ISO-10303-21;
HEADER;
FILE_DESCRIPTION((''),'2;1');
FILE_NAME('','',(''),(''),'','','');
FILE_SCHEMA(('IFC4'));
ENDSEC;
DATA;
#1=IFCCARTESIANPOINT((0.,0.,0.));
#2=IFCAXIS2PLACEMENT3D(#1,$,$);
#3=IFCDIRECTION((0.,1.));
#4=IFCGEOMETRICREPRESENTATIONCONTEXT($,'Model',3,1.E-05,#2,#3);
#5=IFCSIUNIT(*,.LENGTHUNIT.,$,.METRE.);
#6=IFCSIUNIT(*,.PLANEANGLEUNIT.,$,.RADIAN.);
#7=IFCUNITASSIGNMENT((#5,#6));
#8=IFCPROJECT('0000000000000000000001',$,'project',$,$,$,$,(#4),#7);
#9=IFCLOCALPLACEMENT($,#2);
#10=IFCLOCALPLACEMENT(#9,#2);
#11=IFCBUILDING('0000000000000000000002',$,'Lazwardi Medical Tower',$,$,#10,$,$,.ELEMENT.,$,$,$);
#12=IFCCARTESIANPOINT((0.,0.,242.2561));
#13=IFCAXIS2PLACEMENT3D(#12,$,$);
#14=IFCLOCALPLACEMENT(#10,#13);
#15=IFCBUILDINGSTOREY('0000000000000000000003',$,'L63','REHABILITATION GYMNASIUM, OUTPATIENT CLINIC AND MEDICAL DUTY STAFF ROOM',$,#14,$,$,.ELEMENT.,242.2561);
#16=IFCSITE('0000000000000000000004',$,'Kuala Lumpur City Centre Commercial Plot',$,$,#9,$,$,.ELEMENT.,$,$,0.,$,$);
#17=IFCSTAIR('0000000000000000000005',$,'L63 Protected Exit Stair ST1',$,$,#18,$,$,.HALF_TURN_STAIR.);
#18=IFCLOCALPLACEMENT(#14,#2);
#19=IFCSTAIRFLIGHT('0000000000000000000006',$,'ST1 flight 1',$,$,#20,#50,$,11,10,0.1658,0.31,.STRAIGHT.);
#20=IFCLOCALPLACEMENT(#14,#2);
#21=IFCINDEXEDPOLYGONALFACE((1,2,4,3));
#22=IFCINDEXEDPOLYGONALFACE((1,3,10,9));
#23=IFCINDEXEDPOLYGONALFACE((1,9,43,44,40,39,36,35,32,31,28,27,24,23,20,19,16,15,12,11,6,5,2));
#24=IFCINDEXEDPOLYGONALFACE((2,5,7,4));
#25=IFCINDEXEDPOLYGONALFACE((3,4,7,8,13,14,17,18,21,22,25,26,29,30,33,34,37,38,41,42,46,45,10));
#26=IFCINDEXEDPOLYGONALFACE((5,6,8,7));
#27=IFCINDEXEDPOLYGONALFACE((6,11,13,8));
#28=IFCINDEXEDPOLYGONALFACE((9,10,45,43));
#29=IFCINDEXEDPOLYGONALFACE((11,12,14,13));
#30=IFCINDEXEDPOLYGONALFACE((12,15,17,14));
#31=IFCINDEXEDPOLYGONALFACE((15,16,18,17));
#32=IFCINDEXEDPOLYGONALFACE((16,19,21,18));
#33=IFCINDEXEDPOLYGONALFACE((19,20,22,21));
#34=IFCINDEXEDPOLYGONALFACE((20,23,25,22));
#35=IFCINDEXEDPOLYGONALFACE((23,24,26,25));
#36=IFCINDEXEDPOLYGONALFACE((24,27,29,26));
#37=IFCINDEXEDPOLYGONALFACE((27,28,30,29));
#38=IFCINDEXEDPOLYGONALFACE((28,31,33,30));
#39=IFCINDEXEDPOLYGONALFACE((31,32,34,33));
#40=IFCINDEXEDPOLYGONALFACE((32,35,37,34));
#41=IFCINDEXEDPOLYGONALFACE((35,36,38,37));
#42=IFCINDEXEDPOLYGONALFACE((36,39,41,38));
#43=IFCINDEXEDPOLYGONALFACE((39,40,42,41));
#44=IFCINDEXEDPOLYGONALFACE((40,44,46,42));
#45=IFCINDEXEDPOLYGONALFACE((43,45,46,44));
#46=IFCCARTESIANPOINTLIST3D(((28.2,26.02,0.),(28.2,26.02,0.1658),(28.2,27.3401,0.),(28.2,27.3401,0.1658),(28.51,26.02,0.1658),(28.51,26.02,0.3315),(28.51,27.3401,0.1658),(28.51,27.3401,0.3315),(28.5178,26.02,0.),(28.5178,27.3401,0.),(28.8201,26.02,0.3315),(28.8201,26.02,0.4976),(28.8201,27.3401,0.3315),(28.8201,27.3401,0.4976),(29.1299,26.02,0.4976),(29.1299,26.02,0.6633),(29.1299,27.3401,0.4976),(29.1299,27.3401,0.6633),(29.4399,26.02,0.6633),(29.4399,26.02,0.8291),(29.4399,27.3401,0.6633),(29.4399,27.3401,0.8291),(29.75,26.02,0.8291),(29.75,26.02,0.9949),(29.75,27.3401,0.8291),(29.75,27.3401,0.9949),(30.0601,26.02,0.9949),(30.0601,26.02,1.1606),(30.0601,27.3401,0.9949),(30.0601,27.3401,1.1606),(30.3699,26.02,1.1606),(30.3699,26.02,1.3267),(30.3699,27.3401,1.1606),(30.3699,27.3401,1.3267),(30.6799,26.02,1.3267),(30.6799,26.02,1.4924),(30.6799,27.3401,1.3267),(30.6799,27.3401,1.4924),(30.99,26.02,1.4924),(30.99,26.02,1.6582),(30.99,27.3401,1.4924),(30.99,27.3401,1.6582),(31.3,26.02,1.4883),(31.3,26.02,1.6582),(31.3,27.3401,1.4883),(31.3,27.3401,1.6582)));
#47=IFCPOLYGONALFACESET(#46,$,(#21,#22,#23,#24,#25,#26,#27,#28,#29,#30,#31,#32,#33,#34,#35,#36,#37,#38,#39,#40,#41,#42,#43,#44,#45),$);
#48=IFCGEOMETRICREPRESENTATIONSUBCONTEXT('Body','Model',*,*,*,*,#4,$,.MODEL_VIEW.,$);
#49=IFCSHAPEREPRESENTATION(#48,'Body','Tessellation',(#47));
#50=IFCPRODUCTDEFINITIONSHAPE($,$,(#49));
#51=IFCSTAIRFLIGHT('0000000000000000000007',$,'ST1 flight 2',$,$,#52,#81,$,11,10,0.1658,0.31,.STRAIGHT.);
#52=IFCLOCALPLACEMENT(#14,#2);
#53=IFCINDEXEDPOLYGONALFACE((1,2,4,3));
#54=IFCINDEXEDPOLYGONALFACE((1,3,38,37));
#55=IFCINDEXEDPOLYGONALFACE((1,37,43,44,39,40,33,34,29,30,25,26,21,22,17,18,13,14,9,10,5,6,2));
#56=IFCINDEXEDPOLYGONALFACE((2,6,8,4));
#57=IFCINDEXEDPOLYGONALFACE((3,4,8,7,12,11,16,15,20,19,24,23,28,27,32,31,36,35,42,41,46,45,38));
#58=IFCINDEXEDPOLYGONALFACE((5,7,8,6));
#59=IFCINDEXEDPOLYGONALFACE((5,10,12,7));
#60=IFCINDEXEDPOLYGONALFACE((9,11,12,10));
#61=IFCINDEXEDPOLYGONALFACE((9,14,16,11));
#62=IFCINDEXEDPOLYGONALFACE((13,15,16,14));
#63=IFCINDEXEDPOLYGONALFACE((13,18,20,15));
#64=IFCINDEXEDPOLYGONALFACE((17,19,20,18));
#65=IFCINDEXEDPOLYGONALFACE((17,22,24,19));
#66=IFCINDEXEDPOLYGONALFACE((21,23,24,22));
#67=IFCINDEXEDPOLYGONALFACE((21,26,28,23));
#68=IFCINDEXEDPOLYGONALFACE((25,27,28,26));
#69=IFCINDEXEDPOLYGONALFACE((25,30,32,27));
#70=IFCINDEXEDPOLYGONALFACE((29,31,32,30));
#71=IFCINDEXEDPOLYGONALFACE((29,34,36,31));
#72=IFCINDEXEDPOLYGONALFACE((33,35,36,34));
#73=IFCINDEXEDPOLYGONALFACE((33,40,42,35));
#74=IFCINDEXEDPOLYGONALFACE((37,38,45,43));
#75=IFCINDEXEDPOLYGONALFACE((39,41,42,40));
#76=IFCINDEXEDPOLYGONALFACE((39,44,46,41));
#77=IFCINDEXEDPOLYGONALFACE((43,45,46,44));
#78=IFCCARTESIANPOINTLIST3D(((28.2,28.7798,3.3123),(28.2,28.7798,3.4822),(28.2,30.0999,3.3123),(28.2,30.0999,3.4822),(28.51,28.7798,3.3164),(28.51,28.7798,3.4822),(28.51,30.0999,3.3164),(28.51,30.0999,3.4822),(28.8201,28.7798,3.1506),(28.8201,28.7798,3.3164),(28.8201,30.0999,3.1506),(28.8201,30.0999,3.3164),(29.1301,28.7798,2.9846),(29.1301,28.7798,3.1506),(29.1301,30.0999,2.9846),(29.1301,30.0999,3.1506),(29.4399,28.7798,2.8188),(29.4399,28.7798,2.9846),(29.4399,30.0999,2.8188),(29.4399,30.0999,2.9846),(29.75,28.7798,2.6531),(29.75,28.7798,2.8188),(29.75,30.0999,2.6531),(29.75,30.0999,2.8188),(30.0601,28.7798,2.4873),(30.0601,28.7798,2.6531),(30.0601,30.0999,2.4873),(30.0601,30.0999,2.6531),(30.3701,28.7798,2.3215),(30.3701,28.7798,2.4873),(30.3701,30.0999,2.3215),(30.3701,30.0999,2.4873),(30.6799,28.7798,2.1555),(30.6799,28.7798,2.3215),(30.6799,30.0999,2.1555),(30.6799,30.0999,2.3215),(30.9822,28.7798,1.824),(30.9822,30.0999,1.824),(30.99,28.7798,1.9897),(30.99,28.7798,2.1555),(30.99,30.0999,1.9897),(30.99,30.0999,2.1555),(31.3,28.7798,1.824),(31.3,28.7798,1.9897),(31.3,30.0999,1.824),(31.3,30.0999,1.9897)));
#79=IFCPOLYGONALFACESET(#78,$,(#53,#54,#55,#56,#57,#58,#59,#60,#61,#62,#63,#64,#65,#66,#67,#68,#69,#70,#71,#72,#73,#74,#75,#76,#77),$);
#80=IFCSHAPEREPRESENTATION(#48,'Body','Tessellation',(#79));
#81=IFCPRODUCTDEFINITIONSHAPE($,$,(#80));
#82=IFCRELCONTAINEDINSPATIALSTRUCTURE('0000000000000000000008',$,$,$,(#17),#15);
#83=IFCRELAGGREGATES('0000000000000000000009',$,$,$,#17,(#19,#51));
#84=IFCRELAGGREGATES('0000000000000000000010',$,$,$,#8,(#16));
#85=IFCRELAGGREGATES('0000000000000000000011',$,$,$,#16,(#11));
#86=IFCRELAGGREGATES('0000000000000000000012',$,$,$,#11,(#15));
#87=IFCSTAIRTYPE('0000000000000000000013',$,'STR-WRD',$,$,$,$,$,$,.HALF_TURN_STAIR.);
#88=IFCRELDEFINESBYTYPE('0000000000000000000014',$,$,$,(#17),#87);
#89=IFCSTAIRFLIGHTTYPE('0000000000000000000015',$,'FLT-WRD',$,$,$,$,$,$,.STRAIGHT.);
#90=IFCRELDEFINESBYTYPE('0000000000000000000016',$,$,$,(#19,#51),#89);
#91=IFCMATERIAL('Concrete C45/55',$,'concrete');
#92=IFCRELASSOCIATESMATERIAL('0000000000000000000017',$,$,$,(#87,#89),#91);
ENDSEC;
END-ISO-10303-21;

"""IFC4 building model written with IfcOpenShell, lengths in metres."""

from ifc_helpers import new_model, si_unit, direction, frame, origin, place, context, subcontext, project, spatial, polyline, outline, extrude, material, type_object, element, aggregate, save


model = new_model("IFC4")

# Units and contexts
model_context = context("Model", 3, precision=1e-05, world=origin(), true_north=direction((0.0, 1.0)))
body_context = subcontext(model_context, "Body", "Model", "MODEL_VIEW")
ifc_project = project(units=[si_unit("LENGTHUNIT", "METRE"), si_unit("PLANEANGLEUNIT", "RADIAN")], contexts=[model_context])

# Site, building, storey
site_placement = place(None, origin())
site = spatial("IfcSite", under=ifc_project, at=site_placement, Name="Kuala Lumpur City Centre Commercial Plot", CompositionType="ELEMENT", RefElevation=0.0)
building_placement = place(site_placement, origin())
building = spatial("IfcBuilding", under=site, at=building_placement, Name="Lazwardi Medical Tower", CompositionType="ELEMENT")
storey_placement = place(building_placement, frame((0.0, 0.0, 242.2561)))
storey = spatial("IfcBuildingStorey", under=building, at=storey_placement, Name="L63", Description="REHABILITATION GYMNASIUM, OUTPATIENT CLINIC AND MEDICAL DUTY STAFF ROOM", CompositionType="ELEMENT", Elevation=242.2561)

# Stair, stair flights
ifc_material_1 = material(Name="Concrete C45/55", Category="concrete")
stair_type = type_object("IfcStairType", Name="STR-WRD", PredefinedType="HALF_TURN_STAIR", material=ifc_material_1)
stair_placement = place(storey_placement, origin())
stair = element("IfcStair", 1, at=stair_placement, inside=storey, type_object=stair_type, Name="L63 Protected Exit Stair ST1", PredefinedType="HALF_TURN_STAIR")
stair_flight_type = type_object("IfcStairFlightType", Name="FLT-WRD", PredefinedType="STRAIGHT", material=ifc_material_1)
stair_flight_1_placement = place(storey_placement, frame((28.2, 26.6799, 0.0), z_axis=(0.0, 0.0, 1.0), x_axis=(1.0, 0.0, 0.0)))
stair_flight_1 = element("IfcStairFlight", 2, at=stair_flight_1_placement, type_object=stair_flight_type, Name="ST1 flight 1", NumberOfRisers=11, NumberOfTreads=10, PredefinedType="STRAIGHT", RiserHeight=0.1658, TreadLength=0.31, context=body_context, shape_type="SweptSolid", body=[
    extrude(outline(polyline([(0.0, 0.0), (0.0, 0.1658), (0.3101, 0.1658), (0.3101, 0.3315), (0.6201, 0.3315), (0.6201, 0.4976), (0.9299, 0.4976), (0.9299, 0.6633), (1.24, 0.6633), (1.24, 0.8291), (1.55, 0.8291), (1.55, 0.9949), (1.8601, 0.9949), (1.8601, 1.1606), (2.1699, 1.1606), (2.1699, 1.3267), (2.48, 1.3267), (2.48, 1.4924), (2.79, 1.4924), (2.79, 1.6582), (3.1001, 1.6582), (3.1001, 1.824), (3.1001, 1.4883), (0.3179, 0.0), (0.0, 0.0)])), frame((0.0, 0.6602, 0.0), z_axis=(0.0, -1.0, 0.0), x_axis=(1.0, 0.0, 0.0)), (0.0, 0.0, 1.0), 1.3201),
])
stair_flight_2_placement = place(storey_placement, frame((31.3, 29.4399, 1.824), z_axis=(0.0, 0.0, 1.0), x_axis=(-1.0, 0.0, 0.0)))
stair_flight_2 = element("IfcStairFlight", 3, at=stair_flight_2_placement, type_object=stair_flight_type, Name="ST1 flight 2", NumberOfRisers=11, NumberOfTreads=10, PredefinedType="STRAIGHT", RiserHeight=0.1658, TreadLength=0.31, context=body_context, shape_type="SweptSolid", body=[
    extrude(outline(polyline([(0.0, 0.0), (0.0, 0.1658), (0.3101, 0.1658), (0.3101, 0.3315), (0.6201, 0.3315), (0.6201, 0.4976), (0.9299, 0.4976), (0.9299, 0.6633), (1.24, 0.6633), (1.24, 0.8291), (1.55, 0.8291), (1.55, 0.9949), (1.8601, 0.9949), (1.8601, 1.1606), (2.1699, 1.1606), (2.1699, 1.3267), (2.48, 1.3267), (2.48, 1.4924), (2.79, 1.4924), (2.79, 1.6582), (3.1001, 1.6582), (3.1001, 1.824), (3.1001, 1.4883), (0.3179, 0.0), (0.0, 0.0)])), frame((0.0, 0.6602, 0.0), z_axis=(0.0, -1.0, 0.0), x_axis=(1.0, 0.0, 0.0)), (0.0, 0.0, 1.0), 1.3201),
])
aggregate(stair, [stair_flight_1, stair_flight_2])

save(model, "model.ifc")
